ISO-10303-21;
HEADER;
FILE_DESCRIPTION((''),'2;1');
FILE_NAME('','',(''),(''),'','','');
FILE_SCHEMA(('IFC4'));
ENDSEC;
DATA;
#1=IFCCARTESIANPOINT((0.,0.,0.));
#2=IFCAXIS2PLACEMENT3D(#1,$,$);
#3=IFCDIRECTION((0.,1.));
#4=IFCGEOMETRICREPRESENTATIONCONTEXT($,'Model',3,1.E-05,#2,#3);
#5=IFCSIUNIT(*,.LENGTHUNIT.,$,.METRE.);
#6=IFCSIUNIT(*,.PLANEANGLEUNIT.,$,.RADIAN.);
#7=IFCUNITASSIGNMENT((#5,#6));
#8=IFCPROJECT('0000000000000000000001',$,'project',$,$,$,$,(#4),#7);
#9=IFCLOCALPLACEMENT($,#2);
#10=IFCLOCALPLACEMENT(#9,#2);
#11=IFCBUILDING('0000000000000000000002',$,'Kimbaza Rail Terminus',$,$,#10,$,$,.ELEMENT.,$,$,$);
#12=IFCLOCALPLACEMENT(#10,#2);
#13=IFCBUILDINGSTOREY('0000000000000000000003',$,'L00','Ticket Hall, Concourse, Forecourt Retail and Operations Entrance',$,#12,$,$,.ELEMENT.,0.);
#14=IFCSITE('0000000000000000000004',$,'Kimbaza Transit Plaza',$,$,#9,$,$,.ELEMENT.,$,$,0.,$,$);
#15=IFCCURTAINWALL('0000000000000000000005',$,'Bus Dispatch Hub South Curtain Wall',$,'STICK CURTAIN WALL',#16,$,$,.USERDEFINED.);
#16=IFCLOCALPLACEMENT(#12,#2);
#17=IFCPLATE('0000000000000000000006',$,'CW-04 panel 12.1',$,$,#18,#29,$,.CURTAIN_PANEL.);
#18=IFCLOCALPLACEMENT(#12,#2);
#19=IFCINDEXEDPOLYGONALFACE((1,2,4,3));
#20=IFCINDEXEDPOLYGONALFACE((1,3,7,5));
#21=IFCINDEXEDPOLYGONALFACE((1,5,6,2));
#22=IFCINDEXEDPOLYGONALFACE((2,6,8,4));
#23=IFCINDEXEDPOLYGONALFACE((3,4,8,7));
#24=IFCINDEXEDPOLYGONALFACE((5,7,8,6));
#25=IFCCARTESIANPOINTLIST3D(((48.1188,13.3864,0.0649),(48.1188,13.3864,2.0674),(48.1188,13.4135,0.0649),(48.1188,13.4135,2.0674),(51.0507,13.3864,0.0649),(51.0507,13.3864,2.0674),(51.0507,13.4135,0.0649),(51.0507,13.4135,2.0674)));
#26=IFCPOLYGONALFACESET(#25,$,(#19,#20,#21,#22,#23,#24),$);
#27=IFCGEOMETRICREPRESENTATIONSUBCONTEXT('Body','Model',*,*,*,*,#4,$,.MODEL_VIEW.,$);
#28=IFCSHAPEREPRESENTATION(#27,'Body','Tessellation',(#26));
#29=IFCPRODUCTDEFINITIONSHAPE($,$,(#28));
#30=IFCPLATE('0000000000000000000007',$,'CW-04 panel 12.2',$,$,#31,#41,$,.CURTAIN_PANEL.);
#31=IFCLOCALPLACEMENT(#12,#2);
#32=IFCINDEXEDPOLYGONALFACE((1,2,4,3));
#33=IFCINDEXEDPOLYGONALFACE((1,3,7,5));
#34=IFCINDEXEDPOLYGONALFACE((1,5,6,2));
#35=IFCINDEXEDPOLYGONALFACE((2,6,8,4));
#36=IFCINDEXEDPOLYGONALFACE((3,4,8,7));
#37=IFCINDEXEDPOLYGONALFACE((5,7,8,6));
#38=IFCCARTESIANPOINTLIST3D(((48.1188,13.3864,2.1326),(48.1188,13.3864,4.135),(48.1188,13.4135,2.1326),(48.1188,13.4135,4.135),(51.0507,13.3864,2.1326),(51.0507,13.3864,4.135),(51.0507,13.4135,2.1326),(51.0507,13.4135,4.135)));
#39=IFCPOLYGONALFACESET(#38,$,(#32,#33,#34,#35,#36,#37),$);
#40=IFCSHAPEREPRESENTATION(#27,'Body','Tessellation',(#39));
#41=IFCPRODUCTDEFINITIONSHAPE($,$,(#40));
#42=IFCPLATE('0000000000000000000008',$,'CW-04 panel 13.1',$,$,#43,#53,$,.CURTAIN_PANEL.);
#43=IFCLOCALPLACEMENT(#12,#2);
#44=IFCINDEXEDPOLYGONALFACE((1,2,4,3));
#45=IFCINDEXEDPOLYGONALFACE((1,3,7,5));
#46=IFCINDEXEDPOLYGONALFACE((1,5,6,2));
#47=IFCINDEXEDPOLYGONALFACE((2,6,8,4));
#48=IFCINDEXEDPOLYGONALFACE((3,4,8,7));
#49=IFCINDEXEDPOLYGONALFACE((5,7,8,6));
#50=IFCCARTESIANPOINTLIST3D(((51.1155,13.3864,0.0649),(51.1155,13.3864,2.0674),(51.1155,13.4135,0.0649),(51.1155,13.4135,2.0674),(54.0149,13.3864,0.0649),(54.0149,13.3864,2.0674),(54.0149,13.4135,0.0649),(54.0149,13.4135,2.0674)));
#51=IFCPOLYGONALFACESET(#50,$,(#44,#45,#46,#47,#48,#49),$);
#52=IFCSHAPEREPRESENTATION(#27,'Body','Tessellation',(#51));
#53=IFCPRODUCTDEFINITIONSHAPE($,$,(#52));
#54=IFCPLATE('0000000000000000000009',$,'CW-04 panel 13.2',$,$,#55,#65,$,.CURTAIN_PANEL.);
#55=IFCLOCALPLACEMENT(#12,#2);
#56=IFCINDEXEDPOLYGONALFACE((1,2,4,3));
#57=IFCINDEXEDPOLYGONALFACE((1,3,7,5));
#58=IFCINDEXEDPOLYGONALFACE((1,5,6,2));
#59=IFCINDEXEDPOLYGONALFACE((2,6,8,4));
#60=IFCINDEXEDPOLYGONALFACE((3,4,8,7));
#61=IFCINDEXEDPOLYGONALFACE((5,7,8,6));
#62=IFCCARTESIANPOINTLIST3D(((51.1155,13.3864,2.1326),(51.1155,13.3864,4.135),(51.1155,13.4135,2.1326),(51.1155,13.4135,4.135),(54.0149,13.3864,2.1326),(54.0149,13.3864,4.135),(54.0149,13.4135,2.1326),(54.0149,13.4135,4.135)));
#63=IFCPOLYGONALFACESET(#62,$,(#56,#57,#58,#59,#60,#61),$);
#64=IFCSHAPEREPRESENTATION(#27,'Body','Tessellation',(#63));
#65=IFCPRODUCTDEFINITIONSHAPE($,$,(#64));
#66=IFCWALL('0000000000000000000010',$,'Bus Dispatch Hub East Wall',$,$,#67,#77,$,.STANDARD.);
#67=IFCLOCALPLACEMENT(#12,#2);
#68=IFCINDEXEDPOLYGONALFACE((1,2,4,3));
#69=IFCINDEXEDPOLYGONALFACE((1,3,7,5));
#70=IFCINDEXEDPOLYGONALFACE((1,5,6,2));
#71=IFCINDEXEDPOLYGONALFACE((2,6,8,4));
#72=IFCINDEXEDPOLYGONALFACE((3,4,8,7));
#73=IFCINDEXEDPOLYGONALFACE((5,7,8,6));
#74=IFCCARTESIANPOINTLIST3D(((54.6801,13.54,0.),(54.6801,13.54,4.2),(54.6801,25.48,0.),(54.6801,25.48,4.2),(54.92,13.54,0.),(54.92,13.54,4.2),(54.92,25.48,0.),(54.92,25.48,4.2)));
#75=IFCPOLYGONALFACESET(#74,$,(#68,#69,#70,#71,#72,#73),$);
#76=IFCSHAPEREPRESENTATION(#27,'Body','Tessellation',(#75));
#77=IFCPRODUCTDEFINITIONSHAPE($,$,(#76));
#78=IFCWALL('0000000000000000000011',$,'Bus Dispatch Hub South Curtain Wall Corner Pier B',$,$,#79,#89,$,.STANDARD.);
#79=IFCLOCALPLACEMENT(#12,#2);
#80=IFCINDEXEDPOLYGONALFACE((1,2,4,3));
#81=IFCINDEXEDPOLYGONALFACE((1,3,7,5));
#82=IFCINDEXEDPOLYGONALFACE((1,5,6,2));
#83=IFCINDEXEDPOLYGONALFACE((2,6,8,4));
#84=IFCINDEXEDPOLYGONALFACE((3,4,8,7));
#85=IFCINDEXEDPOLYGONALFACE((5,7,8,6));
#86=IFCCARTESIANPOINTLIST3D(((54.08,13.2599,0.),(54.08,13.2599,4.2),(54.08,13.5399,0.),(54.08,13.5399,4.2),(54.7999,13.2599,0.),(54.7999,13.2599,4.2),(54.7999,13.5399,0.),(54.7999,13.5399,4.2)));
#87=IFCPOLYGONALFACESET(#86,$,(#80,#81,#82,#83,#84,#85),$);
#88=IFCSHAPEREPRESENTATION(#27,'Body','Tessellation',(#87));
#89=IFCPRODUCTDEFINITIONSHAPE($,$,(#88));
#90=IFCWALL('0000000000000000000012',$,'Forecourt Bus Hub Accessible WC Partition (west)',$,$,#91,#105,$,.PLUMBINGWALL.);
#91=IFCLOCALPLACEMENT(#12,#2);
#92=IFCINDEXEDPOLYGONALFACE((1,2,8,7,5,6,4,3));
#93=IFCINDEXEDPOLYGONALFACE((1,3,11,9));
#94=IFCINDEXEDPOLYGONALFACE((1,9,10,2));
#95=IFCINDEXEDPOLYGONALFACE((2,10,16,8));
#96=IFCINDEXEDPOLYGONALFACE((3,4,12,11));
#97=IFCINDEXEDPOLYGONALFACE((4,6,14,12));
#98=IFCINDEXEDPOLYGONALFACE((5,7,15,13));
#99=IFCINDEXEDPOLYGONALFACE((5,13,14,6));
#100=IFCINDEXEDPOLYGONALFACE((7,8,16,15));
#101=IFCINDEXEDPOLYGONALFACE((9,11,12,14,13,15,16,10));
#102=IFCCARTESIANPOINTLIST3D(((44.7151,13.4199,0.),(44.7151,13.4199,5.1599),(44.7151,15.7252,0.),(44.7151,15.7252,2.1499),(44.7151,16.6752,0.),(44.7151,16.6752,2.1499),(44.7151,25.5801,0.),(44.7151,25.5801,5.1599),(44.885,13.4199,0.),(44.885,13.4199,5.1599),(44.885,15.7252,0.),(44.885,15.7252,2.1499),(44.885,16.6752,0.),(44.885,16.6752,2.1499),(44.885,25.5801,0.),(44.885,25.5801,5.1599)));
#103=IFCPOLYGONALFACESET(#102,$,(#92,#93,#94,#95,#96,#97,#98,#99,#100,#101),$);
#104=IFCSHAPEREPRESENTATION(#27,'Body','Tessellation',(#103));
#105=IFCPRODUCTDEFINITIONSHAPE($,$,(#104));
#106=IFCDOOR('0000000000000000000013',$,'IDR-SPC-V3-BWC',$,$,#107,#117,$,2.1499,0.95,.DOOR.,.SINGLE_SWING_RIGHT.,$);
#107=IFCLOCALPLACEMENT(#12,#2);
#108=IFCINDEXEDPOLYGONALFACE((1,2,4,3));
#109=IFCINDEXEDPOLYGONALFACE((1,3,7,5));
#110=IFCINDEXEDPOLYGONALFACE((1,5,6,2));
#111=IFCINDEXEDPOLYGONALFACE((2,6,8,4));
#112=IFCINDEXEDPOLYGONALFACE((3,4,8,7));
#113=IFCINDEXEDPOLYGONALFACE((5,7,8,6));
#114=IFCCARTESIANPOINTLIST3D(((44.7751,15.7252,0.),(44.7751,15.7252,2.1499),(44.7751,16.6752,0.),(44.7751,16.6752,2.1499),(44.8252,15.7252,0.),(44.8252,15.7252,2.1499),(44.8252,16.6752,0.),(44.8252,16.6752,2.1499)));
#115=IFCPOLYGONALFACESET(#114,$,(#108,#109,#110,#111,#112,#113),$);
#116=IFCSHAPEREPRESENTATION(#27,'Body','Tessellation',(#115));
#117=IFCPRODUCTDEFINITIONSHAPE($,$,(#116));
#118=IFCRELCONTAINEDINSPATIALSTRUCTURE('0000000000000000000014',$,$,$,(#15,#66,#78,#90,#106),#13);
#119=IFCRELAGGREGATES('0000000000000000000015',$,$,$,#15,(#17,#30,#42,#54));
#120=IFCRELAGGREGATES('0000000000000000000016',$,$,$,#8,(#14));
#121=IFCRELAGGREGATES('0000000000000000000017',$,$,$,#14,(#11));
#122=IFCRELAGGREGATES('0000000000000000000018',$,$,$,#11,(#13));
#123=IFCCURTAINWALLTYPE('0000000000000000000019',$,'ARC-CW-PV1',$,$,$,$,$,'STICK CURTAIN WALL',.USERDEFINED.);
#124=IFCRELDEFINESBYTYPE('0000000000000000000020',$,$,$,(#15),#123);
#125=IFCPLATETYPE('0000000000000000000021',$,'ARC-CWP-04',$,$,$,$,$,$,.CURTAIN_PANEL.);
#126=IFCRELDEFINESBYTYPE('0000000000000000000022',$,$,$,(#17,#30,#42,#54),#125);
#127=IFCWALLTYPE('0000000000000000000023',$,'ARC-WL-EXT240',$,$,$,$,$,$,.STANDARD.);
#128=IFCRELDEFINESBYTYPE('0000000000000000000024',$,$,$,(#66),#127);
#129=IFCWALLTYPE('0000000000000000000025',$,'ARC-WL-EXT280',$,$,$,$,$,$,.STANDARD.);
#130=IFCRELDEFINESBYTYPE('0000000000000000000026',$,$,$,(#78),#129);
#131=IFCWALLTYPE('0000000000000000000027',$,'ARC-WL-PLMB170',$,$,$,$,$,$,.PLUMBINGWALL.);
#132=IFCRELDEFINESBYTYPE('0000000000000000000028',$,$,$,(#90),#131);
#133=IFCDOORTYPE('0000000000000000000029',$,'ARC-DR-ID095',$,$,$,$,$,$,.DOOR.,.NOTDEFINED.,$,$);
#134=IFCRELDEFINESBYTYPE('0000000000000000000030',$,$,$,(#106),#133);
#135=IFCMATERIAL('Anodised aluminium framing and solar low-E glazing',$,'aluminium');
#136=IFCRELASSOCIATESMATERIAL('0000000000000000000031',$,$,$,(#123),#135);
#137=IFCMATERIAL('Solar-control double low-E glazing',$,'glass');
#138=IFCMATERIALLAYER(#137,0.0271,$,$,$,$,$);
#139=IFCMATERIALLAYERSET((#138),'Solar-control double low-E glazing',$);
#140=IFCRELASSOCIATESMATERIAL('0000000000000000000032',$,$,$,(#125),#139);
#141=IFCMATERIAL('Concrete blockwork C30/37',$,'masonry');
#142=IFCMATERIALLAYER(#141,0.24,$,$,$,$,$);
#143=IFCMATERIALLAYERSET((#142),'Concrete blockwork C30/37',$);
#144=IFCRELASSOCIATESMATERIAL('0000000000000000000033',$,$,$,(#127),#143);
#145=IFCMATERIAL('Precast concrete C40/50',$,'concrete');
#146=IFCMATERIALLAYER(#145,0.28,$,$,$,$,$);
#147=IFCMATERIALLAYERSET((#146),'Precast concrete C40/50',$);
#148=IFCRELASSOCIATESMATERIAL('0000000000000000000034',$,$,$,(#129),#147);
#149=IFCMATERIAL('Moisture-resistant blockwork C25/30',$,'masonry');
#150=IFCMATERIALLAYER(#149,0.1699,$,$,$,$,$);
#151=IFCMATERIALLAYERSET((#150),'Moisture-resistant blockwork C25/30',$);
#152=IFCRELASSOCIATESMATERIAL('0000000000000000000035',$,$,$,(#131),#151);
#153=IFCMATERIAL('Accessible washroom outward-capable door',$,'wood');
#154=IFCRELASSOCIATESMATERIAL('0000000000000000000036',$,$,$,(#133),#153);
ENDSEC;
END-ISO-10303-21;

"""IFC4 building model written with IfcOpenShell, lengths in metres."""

from ifc_helpers import new_model, si_unit, direction, frame, frame_2d, origin, origin_2d, place, context, subcontext, project, spatial, rectangle, extrude, material, layer, layer_set, type_object, element, fill, aggregate, save


model = new_model("IFC4")

# Units and contexts
model_context = context("Model", 3, precision=1e-05, world=origin(), true_north=direction((0.0, 1.0)))
body_context = subcontext(model_context, "Body", "Model", "MODEL_VIEW")
ifc_project = project(units=[si_unit("LENGTHUNIT", "METRE"), si_unit("PLANEANGLEUNIT", "RADIAN")], contexts=[model_context])

# Site, building, storey
site_placement = place(None, origin())
site = spatial("IfcSite", under=ifc_project, at=site_placement, Name="Kimbaza Transit Plaza", CompositionType="ELEMENT", RefElevation=0.0)
building_placement = place(site_placement, origin())
building = spatial("IfcBuilding", under=site, at=building_placement, Name="Kimbaza Rail Terminus", CompositionType="ELEMENT")
storey_placement = place(building_placement, origin())
storey = spatial("IfcBuildingStorey", under=building, at=storey_placement, Name="L00", Description="Ticket Hall, Concourse, Forecourt Retail and Operations Entrance", CompositionType="ELEMENT", Elevation=0.0)

# Curtain wall, plates
ifc_material_1 = material(Name="Anodised aluminium framing and solar low-E glazing", Category="aluminium")
curtain_wall_type = type_object("IfcCurtainWallType", Name="ARC-CW-PV1", ElementType="STICK CURTAIN WALL", PredefinedType="USERDEFINED", material=ifc_material_1)
curtain_wall_placement = place(storey_placement, origin())
curtain_wall = element("IfcCurtainWall", 1, at=curtain_wall_placement, inside=storey, type_object=curtain_wall_type, Name="Bus Dispatch Hub South Curtain Wall", ObjectType="STICK CURTAIN WALL", PredefinedType="USERDEFINED")
ifc_material_2 = material(Name="Solar-control double low-E glazing", Category="glass")
ifc_layer_1 = layer(ifc_material_2, 0.0271)
ifc_layer_set_1 = layer_set([ifc_layer_1], Name="Solar-control double low-E glazing")
plate_type = type_object("IfcPlateType", Name="ARC-CWP-04", PredefinedType="CURTAIN_PANEL", material=ifc_layer_set_1)
plate_1_placement = place(storey_placement, frame((49.5847, 13.3999, 0.0649), z_axis=(0.0, 0.0, 1.0), x_axis=(1.0, 0.0, 0.0)))
plate_1 = element("IfcPlate", 2, at=plate_1_placement, type_object=plate_type, Name="CW-04 panel 12.1", PredefinedType="CURTAIN_PANEL", context=body_context, shape_type="SweptSolid", body=[
    extrude(rectangle(XDim=2.9319, YDim=0.0271, at=origin_2d()), origin(), (0.0, 0.0, 1.0), 2.0024),
])
plate_2_placement = place(storey_placement, frame((49.5847, 13.3999, 2.1326), z_axis=(0.0, 0.0, 1.0), x_axis=(1.0, 0.0, 0.0)))
plate_2 = element("IfcPlate", 3, at=plate_2_placement, type_object=plate_type, Name="CW-04 panel 12.2", PredefinedType="CURTAIN_PANEL", context=body_context, shape_type="SweptSolid", body=[
    extrude(rectangle(XDim=2.9319, YDim=0.0271, at=origin_2d()), origin(), (0.0, 0.0, 1.0), 2.0024),
])
plate_3_placement = place(storey_placement, frame((52.5652, 13.3999, 0.0649), z_axis=(0.0, 0.0, 1.0), x_axis=(1.0, 0.0, 0.0)))
plate_3 = element("IfcPlate", 4, at=plate_3_placement, type_object=plate_type, Name="CW-04 panel 13.1", PredefinedType="CURTAIN_PANEL", context=body_context, shape_type="SweptSolid", body=[
    extrude(rectangle(XDim=2.8994, YDim=0.0271, at=origin_2d()), origin(), (0.0, 0.0, 1.0), 2.0024),
])
plate_4_placement = place(storey_placement, frame((52.5652, 13.3999, 2.1326), z_axis=(0.0, 0.0, 1.0), x_axis=(1.0, 0.0, 0.0)))
plate_4 = element("IfcPlate", 5, at=plate_4_placement, type_object=plate_type, Name="CW-04 panel 13.2", PredefinedType="CURTAIN_PANEL", context=body_context, shape_type="SweptSolid", body=[
    extrude(rectangle(XDim=2.8994, YDim=0.0271, at=origin_2d()), origin(), (0.0, 0.0, 1.0), 2.0024),
])
aggregate(curtain_wall, [plate_1, plate_2, plate_3, plate_4])

# Walls
ifc_material_3 = material(Name="Concrete blockwork C30/37", Category="masonry")
ifc_layer_2 = layer(ifc_material_3, 0.24)
ifc_layer_set_2 = layer_set([ifc_layer_2], Name="Concrete blockwork C30/37")
wall_type_1 = type_object("IfcWallType", Name="ARC-WL-EXT240", PredefinedType="STANDARD", material=ifc_layer_set_2)
wall_1_placement = place(storey_placement, frame((54.8, 13.54, 0.0), z_axis=(0.0, 0.0, 1.0), x_axis=(0.0, 1.0, 0.0)))
element("IfcWall", 6, at=wall_1_placement, inside=storey, type_object=wall_type_1, Name="Bus Dispatch Hub East Wall", PredefinedType="STANDARD", context=body_context, shape_type="SweptSolid", body=[
    extrude(rectangle(XDim=11.9399, YDim=0.24, at=frame_2d((5.97, 0.0))), origin(), (0.0, 0.0, 1.0), 4.2),
])
ifc_material_4 = material(Name="Precast concrete C40/50", Category="concrete")
ifc_layer_3 = layer(ifc_material_4, 0.28)
ifc_layer_set_3 = layer_set([ifc_layer_3], Name="Precast concrete C40/50")
wall_type_2 = type_object("IfcWallType", Name="ARC-WL-EXT280", PredefinedType="STANDARD", material=ifc_layer_set_3)
wall_2_placement = place(storey_placement, frame((54.0801, 13.3999, 0.0), z_axis=(0.0, 0.0, 1.0), x_axis=(1.0, 0.0, 0.0)))
element("IfcWall", 7, at=wall_2_placement, inside=storey, type_object=wall_type_2, Name="Bus Dispatch Hub South Curtain Wall Corner Pier B", PredefinedType="STANDARD", context=body_context, shape_type="SweptSolid", body=[
    extrude(rectangle(XDim=0.72, YDim=0.28, at=frame_2d((0.3599, 0.0))), origin(), (0.0, 0.0, 1.0), 4.2),
])

# Wall, opening, door
ifc_material_5 = material(Name="Moisture-resistant blockwork C25/30", Category="masonry")
ifc_layer_4 = layer(ifc_material_5, 0.1699)
ifc_layer_set_4 = layer_set([ifc_layer_4], Name="Moisture-resistant blockwork C25/30")
wall_type_3 = type_object("IfcWallType", Name="ARC-WL-PLMB170", PredefinedType="PLUMBINGWALL", material=ifc_layer_set_4)
wall_3_placement = place(storey_placement, frame((44.8, 25.5801, 0.0), z_axis=(0.0, 0.0, 1.0), x_axis=(0.0, -1.0, 0.0)))
wall_3 = element("IfcWall", 8, at=wall_3_placement, inside=storey, type_object=wall_type_3, Name="Forecourt Bus Hub Accessible WC Partition (west)", PredefinedType="PLUMBINGWALL", context=body_context, shape_type="SweptSolid", body=[
    extrude(rectangle(XDim=12.1602, YDim=0.1699, at=frame_2d((6.0801, 0.0))), origin(), (0.0, 0.0, 1.0), 5.1599),
])
opening_placement = place(wall_3_placement, frame((9.855, 0.0, 0.0), z_axis=(0.0, 0.0, 1.0), x_axis=(-1.0, 0.0, 0.0)))
opening = element("IfcOpeningElement", 9, at=opening_placement, cuts=wall_3, PredefinedType="OPENING", context=body_context, shape_type="SweptSolid", body=[
    extrude(rectangle(XDim=0.95, YDim=2.1499, at=frame_2d((0.4751, 1.075))), frame((0.0, 0.095, 0.0), z_axis=(0.0, -1.0, 0.0), x_axis=(1.0, 0.0, 0.0)), (0.0, 0.0, 1.0), 0.1899),
])
ifc_material_6 = material(Name="Accessible washroom outward-capable door", Category="wood")
door_type = type_object("IfcDoorType", Name="ARC-DR-ID095", OperationType="NOTDEFINED", PredefinedType="DOOR", material=ifc_material_6)
door_placement = place(opening_placement, origin())
door = element("IfcDoor", 10, at=door_placement, inside=storey, type_object=door_type, Name="IDR-SPC-V3-BWC", OperationType="SINGLE_SWING_RIGHT", OverallHeight=2.1499, OverallWidth=0.95, PredefinedType="DOOR", context=body_context, shape_type="SweptSolid", body=[
    extrude(rectangle(XDim=0.95, YDim=2.1499, at=frame_2d((0.4751, 1.075))), frame((0.0, 0.0249, 0.0), z_axis=(0.0, -1.0, 0.0), x_axis=(1.0, 0.0, 0.0)), (0.0, 0.0, 1.0), 0.05),
])
fill(opening, door)

save(model, "model.ifc")
